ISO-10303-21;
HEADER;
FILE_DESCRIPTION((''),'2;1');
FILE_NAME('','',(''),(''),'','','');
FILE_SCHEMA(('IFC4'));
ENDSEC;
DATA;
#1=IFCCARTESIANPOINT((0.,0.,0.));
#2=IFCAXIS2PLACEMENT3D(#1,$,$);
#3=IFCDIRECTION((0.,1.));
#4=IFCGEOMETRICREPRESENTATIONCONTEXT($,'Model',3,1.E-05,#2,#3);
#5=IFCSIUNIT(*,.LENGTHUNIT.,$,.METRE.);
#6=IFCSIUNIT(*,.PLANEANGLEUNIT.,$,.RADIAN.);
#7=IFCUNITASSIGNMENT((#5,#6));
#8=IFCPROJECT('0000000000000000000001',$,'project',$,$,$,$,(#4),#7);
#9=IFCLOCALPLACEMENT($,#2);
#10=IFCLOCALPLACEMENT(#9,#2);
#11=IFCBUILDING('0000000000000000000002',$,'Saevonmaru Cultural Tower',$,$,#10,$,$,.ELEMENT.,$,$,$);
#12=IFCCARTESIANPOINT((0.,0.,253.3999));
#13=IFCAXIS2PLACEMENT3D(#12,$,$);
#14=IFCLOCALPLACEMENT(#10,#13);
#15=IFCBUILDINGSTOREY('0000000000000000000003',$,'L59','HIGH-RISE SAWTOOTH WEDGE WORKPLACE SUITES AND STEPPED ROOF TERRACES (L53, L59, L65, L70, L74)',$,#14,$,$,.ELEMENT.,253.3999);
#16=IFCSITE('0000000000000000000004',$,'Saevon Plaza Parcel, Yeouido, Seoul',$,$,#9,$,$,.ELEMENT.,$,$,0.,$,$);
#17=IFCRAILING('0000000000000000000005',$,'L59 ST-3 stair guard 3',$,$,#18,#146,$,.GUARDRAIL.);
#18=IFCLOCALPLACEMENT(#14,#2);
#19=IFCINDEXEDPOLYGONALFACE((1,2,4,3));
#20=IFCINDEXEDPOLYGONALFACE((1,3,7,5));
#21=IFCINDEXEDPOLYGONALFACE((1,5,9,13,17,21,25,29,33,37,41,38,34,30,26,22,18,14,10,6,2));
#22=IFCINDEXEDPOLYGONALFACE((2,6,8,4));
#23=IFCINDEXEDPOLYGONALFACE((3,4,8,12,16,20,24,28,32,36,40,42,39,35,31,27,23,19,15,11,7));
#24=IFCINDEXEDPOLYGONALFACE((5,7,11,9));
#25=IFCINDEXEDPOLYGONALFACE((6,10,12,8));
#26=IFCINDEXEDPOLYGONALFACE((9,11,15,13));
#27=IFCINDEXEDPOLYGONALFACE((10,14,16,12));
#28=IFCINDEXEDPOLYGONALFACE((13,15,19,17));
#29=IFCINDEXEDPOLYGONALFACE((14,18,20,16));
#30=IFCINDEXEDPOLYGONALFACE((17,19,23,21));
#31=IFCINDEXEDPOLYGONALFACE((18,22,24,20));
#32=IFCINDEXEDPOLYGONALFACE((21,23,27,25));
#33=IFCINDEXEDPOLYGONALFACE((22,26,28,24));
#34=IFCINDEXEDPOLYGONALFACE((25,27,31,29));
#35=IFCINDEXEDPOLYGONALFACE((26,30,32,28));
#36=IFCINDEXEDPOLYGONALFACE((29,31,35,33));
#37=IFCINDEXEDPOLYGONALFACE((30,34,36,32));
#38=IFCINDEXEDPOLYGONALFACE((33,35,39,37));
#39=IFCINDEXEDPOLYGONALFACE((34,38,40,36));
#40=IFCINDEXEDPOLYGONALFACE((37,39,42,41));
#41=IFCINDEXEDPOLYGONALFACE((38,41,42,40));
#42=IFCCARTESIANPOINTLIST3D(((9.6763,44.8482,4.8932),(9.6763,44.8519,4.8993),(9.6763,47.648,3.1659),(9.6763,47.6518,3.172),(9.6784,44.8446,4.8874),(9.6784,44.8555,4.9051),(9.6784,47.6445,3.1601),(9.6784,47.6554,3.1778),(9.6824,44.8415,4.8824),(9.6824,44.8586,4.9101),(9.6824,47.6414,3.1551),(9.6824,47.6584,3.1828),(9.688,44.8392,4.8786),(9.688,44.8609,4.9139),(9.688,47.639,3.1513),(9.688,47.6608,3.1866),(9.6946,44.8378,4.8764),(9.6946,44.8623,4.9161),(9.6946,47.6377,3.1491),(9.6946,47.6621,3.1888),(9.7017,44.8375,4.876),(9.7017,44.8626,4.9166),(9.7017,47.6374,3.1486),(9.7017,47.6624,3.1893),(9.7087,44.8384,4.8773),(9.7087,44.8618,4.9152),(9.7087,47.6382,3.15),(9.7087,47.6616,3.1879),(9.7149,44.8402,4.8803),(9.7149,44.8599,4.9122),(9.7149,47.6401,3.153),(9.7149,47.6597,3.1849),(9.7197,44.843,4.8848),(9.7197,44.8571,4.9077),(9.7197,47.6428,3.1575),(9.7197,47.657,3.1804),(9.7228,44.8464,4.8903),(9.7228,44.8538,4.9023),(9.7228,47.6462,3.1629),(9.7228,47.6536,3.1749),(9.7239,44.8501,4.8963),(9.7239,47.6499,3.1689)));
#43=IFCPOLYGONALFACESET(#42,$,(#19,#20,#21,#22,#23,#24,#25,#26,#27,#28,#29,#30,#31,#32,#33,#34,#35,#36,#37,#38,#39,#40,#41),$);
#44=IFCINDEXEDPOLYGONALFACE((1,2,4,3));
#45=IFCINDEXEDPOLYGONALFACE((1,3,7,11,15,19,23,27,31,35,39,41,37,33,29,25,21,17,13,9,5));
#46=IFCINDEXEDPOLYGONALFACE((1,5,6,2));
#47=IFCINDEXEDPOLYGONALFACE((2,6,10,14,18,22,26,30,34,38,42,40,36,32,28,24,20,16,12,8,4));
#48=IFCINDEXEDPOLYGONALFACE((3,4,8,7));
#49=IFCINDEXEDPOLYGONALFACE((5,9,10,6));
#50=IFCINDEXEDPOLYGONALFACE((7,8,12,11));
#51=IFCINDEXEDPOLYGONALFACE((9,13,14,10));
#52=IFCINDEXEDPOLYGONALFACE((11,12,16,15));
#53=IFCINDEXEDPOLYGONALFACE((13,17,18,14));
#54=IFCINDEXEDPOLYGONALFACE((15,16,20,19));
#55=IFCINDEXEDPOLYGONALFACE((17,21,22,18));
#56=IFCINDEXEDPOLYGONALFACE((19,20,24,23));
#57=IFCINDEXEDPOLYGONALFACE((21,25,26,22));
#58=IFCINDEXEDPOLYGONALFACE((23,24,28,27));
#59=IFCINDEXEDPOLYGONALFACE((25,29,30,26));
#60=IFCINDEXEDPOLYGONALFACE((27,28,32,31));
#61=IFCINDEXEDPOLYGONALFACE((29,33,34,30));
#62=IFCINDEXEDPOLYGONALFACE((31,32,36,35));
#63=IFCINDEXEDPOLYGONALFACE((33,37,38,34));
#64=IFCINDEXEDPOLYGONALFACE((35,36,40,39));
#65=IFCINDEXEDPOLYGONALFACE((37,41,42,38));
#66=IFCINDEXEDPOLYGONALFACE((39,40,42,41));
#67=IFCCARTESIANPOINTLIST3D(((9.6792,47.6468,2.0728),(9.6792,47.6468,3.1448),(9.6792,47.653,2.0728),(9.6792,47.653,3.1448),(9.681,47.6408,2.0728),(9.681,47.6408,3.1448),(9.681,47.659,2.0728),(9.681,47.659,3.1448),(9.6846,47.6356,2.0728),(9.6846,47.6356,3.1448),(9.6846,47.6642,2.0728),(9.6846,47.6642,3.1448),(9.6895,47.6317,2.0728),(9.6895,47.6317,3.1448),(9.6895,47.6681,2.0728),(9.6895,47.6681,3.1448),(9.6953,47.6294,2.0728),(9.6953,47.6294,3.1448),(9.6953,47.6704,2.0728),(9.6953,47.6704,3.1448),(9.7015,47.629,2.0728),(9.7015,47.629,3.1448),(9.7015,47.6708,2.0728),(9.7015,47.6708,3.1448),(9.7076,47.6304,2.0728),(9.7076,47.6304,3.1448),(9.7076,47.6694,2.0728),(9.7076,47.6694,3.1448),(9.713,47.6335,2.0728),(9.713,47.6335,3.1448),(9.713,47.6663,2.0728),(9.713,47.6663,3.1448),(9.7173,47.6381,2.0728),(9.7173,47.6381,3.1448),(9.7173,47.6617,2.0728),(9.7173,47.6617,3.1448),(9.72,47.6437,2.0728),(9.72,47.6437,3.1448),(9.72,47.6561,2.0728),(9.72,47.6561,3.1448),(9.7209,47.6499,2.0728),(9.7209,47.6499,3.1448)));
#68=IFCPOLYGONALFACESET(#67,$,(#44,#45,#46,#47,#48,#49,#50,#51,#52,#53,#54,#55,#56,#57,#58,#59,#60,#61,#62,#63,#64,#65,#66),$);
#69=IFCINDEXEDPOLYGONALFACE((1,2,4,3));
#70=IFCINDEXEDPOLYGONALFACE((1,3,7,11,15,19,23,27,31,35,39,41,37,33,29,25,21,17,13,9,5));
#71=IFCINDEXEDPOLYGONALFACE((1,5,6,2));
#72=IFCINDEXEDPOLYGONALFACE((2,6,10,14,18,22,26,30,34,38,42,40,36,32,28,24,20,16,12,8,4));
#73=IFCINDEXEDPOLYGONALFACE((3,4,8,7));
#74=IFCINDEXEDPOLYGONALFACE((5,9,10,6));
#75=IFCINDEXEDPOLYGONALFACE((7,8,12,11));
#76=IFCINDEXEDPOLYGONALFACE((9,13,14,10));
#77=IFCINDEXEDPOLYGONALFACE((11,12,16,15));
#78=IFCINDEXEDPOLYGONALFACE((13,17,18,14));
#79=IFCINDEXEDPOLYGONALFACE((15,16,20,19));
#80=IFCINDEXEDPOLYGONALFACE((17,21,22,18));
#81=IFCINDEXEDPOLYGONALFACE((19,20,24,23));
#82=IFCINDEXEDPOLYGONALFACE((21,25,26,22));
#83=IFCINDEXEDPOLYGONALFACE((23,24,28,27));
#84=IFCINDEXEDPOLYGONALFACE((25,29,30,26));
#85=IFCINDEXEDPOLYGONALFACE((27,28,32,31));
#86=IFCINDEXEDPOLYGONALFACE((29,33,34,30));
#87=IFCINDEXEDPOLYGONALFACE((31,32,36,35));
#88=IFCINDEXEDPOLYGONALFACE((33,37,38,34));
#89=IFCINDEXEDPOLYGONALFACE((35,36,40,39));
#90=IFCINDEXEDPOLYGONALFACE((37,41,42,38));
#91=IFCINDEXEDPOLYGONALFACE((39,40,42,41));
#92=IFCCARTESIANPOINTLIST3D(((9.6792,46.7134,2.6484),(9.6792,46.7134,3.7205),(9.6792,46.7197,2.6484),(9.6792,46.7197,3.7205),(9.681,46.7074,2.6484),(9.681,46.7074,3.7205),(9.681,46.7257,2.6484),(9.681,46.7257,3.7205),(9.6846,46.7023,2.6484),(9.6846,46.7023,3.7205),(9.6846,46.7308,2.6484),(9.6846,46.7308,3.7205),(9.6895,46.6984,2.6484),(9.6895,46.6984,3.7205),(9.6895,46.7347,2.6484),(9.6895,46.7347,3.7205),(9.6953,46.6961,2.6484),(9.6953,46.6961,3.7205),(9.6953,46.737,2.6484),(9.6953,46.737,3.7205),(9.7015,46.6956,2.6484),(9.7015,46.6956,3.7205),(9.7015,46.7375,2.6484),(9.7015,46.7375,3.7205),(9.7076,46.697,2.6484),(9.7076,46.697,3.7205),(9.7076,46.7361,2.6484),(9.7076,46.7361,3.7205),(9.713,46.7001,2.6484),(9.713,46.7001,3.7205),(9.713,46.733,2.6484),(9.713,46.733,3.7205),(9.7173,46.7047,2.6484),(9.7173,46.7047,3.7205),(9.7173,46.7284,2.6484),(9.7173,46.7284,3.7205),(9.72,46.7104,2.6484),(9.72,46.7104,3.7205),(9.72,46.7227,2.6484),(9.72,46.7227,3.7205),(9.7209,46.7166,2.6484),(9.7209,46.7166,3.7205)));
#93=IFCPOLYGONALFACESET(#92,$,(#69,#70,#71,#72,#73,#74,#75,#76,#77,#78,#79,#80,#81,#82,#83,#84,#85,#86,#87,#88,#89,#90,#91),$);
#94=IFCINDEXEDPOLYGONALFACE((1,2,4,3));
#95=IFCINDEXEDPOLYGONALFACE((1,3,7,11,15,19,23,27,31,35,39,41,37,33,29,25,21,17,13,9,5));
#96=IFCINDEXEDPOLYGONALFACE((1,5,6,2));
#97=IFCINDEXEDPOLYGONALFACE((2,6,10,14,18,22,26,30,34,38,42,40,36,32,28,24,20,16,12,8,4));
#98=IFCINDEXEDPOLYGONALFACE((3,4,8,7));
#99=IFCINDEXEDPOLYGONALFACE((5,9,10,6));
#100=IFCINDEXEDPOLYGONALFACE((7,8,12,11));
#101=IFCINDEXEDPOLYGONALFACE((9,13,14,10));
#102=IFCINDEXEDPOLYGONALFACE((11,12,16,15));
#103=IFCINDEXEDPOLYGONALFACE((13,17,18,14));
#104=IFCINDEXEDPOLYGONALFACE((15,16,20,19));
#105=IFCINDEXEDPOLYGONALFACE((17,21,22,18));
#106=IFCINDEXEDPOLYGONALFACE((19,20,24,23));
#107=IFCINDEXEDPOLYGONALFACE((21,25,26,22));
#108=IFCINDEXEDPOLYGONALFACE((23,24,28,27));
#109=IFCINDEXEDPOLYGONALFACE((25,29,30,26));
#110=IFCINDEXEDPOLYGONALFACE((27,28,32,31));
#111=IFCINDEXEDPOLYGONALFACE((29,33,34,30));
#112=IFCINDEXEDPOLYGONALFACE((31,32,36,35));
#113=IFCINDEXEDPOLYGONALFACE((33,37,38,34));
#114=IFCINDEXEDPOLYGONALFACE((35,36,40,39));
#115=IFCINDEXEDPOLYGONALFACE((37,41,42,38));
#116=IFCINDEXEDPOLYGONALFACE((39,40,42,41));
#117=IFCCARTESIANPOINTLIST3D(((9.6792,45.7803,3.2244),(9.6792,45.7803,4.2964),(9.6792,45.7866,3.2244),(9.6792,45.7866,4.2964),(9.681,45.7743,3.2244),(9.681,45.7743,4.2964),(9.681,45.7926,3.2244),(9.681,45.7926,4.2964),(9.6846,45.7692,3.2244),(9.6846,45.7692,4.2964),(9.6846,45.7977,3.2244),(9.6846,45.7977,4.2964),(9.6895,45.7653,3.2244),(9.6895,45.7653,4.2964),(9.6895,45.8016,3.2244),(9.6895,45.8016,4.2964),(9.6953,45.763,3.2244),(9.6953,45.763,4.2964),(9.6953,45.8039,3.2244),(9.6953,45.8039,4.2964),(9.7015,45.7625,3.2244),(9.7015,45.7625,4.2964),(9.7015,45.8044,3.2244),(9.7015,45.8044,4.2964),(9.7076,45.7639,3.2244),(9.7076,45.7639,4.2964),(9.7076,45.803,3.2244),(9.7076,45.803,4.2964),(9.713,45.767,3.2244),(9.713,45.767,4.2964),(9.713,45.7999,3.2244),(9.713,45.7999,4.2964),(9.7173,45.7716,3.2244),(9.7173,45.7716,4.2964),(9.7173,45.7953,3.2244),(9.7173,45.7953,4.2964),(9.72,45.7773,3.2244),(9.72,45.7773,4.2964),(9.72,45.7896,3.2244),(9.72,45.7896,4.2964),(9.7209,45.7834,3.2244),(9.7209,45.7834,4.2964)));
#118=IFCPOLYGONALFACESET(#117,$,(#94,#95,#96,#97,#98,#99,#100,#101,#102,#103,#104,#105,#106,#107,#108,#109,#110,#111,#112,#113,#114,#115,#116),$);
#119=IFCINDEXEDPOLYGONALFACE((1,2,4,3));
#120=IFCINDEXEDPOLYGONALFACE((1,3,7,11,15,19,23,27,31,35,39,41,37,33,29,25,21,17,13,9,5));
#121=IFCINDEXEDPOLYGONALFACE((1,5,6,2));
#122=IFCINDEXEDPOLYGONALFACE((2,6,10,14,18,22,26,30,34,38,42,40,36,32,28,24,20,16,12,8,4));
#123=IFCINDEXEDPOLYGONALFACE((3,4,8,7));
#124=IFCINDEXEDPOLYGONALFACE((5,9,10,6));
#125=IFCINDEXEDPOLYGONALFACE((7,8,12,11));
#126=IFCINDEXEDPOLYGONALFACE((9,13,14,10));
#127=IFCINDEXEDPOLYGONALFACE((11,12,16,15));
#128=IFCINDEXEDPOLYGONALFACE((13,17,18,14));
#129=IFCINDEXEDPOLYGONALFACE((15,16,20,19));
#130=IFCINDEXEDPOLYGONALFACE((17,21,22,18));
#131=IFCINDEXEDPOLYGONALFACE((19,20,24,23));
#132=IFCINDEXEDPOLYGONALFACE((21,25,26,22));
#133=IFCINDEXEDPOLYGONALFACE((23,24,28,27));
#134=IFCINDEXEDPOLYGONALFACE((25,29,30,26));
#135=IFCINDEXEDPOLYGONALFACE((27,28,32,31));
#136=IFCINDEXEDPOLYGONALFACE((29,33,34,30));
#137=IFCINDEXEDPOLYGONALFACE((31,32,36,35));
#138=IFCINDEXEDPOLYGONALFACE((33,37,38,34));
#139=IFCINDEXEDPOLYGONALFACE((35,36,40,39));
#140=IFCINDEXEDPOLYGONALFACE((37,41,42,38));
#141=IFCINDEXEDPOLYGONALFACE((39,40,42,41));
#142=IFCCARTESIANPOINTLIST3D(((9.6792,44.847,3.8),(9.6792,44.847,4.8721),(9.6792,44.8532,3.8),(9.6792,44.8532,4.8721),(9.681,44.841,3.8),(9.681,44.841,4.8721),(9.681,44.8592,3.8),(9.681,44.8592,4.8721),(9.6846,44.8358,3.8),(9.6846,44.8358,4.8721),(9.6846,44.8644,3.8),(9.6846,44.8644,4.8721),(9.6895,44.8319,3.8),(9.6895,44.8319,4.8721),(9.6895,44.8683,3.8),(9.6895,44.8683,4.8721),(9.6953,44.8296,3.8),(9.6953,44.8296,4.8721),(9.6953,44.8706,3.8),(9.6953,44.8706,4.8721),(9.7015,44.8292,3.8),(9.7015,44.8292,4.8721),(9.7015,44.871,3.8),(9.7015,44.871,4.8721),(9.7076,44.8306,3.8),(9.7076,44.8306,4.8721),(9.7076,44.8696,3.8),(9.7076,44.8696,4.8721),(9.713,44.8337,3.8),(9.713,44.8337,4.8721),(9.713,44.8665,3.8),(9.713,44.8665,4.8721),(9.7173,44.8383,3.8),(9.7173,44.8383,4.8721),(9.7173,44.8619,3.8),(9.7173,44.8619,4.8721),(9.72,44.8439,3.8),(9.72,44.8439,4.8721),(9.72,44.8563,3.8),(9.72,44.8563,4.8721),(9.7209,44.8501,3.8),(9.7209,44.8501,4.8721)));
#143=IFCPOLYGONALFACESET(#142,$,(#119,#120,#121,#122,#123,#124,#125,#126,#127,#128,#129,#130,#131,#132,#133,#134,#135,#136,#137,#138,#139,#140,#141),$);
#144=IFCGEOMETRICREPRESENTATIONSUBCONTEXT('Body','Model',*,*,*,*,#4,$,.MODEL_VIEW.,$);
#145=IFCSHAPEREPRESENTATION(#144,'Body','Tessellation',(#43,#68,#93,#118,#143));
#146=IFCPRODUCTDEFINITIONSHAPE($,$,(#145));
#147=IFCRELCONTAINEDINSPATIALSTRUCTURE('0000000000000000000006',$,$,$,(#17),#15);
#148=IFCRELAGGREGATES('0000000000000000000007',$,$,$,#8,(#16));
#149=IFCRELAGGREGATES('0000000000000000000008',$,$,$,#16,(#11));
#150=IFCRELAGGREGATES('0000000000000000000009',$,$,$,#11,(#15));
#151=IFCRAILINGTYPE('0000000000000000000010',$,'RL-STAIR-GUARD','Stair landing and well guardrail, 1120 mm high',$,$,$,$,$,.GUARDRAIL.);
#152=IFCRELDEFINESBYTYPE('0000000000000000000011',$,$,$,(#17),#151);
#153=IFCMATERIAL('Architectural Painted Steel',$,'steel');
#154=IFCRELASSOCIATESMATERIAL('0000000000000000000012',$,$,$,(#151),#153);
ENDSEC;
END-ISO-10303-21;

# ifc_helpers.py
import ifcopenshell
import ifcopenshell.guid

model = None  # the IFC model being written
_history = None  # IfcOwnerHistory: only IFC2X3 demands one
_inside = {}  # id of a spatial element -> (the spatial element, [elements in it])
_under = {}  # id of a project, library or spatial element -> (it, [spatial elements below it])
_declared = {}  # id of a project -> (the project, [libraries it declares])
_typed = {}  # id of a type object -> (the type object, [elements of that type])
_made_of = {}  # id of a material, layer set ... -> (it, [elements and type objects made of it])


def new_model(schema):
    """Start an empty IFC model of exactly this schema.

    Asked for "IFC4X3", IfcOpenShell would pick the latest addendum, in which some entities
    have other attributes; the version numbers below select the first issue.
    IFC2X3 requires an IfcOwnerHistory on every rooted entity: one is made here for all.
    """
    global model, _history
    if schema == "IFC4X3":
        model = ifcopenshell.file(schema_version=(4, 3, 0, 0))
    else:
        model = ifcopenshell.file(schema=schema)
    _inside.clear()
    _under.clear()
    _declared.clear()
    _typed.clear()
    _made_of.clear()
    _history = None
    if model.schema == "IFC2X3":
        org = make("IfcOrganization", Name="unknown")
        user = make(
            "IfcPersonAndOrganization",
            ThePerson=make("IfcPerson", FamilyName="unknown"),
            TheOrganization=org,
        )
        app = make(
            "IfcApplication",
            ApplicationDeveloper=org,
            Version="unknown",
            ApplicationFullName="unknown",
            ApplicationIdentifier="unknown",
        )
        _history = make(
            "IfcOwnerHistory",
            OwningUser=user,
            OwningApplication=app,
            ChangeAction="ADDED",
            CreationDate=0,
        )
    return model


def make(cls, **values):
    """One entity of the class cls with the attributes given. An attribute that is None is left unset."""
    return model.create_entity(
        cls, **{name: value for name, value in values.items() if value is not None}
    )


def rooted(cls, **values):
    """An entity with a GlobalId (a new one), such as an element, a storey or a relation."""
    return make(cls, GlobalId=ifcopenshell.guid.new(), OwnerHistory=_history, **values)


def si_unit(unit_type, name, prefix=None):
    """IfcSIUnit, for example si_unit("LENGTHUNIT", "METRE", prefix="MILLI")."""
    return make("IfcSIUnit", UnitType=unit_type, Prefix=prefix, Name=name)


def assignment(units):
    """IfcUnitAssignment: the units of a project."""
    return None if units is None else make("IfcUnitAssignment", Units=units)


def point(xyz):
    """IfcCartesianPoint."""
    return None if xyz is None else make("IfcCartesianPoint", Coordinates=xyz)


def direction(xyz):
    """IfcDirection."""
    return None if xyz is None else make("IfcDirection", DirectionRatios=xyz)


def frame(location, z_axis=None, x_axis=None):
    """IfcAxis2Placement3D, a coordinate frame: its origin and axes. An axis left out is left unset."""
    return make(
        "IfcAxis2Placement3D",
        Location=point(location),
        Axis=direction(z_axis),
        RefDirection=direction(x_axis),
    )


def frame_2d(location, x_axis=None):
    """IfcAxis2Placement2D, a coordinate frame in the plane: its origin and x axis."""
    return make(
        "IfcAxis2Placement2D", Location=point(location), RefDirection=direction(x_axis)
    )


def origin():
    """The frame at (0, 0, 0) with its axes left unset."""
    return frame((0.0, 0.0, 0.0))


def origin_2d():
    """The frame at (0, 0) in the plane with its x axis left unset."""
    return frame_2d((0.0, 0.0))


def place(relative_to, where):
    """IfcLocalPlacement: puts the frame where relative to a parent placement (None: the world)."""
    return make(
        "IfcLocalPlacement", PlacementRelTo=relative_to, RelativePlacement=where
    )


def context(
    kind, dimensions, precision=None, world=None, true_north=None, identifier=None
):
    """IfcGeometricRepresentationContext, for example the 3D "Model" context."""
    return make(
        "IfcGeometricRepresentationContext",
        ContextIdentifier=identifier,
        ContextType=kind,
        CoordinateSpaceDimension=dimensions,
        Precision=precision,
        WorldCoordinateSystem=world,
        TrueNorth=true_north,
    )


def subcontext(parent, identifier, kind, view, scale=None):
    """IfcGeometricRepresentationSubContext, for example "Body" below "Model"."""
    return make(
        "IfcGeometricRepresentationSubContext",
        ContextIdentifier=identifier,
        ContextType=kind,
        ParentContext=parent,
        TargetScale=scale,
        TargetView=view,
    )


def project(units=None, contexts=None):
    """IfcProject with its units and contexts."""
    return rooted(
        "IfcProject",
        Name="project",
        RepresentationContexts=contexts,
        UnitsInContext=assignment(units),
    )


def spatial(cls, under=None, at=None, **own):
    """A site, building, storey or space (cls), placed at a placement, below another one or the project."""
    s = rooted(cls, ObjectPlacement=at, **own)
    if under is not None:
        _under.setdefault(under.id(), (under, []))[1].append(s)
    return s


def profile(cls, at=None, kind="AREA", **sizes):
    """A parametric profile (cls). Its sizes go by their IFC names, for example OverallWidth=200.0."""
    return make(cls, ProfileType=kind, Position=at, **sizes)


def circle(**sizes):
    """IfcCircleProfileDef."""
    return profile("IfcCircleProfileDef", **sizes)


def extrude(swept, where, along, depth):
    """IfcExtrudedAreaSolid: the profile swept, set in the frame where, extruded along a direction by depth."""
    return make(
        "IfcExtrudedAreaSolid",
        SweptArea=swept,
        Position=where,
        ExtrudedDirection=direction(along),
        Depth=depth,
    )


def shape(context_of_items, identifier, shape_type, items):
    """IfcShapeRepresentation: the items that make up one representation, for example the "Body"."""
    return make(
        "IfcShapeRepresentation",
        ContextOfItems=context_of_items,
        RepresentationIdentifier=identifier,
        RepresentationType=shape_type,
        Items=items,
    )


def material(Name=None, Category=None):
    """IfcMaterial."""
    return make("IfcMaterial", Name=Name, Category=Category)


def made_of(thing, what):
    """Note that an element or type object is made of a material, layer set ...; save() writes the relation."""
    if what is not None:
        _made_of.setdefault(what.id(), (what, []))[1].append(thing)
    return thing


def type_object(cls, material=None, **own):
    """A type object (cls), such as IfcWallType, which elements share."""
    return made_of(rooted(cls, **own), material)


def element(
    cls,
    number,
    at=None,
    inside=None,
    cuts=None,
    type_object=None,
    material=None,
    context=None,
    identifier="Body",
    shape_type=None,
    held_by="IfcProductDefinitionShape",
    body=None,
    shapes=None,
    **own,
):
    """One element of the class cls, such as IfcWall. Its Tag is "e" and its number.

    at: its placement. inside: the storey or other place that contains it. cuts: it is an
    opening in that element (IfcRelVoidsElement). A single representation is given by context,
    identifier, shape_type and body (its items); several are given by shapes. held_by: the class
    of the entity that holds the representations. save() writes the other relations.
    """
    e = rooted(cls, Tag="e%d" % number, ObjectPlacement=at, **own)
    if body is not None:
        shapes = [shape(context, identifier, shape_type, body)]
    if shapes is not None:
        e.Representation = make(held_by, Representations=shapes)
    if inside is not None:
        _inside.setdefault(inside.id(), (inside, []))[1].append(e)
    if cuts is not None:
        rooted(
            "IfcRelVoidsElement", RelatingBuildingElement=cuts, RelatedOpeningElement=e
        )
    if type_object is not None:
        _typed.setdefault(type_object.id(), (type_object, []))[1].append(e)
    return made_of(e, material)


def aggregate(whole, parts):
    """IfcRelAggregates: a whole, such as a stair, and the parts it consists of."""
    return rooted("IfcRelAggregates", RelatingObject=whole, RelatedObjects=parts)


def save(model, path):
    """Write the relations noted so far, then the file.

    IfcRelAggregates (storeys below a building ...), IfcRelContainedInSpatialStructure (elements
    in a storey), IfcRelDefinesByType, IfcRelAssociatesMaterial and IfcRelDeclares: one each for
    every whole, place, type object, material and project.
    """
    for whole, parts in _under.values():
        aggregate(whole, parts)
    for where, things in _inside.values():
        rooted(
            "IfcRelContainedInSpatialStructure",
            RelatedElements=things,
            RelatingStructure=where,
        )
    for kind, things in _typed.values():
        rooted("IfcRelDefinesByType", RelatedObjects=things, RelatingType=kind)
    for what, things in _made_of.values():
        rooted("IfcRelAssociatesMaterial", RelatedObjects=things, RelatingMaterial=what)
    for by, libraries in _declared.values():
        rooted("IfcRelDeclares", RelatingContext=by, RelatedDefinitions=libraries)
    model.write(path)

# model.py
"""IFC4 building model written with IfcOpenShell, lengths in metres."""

from ifc_helpers import new_model, si_unit, direction, frame, origin, origin_2d, place, context, subcontext, project, spatial, circle, extrude, material, type_object, element, save


model = new_model("IFC4")

# Units and contexts
model_context = context("Model", 3, precision=1e-05, world=origin(), true_north=direction((0.0, 1.0)))
body_context = subcontext(model_context, "Body", "Model", "MODEL_VIEW")
ifc_project = project(units=[si_unit("LENGTHUNIT", "METRE"), si_unit("PLANEANGLEUNIT", "RADIAN")], contexts=[model_context])

# Site, building, storey
site_placement = place(None, origin())
site = spatial("IfcSite", under=ifc_project, at=site_placement, Name="Saevon Plaza Parcel, Yeouido, Seoul", CompositionType="ELEMENT", RefElevation=0.0)
building_placement = place(site_placement, origin())
building = spatial("IfcBuilding", under=site, at=building_placement, Name="Saevonmaru Cultural Tower", CompositionType="ELEMENT")
storey_placement = place(building_placement, frame((0.0, 0.0, 253.3999)))
storey = spatial("IfcBuildingStorey", under=building, at=storey_placement, Name="L59", Description="HIGH-RISE SAWTOOTH WEDGE WORKPLACE SUITES AND STEPPED ROOF TERRACES (L53, L59, L65, L70, L74)", CompositionType="ELEMENT", Elevation=253.3999)

# Railing
ifc_material_1 = material(Name="Architectural Painted Steel", Category="steel")
railing_type_1 = type_object("IfcRailingType", Name="RL-STAIR-GUARD", Description="Stair landing and well guardrail, 1120 mm high", PredefinedType="GUARDRAIL", material=ifc_material_1)
railing_1_placement = place(storey_placement, frame((9.7, 47.6499, 2.0728)))
element("IfcRailing", 1, at=railing_1_placement, inside=storey, type_object=railing_type_1, Name="L59 ST-3 stair guard 3", PredefinedType="GUARDRAIL", context=body_context, shape_type="SweptSolid", body=[
    extrude(circle(Radius=0.0239, at=origin_2d()), frame((0.0, 0.0, 1.0962), z_axis=(0.0, -0.851069, 0.525054), x_axis=(1.0, 0.0, 0.0)), (0.0, 0.0, 1.0), 3.2898),
    extrude(circle(Radius=0.021, at=origin_2d()), origin(), (0.0, 0.0, 1.0), 1.072),
    extrude(circle(Radius=0.021, at=origin_2d()), frame((0.0, -0.9333, 0.5757)), (0.0, 0.0, 1.0), 1.072),
    extrude(circle(Radius=0.021, at=origin_2d()), frame((0.0, -1.8665, 1.1516)), (0.0, 0.0, 1.0), 1.072),
    extrude(circle(Radius=0.021, at=origin_2d()), frame((0.0, -2.7998, 1.7273)), (0.0, 0.0, 1.0), 1.072),
])

save(model, "model.ifc")
